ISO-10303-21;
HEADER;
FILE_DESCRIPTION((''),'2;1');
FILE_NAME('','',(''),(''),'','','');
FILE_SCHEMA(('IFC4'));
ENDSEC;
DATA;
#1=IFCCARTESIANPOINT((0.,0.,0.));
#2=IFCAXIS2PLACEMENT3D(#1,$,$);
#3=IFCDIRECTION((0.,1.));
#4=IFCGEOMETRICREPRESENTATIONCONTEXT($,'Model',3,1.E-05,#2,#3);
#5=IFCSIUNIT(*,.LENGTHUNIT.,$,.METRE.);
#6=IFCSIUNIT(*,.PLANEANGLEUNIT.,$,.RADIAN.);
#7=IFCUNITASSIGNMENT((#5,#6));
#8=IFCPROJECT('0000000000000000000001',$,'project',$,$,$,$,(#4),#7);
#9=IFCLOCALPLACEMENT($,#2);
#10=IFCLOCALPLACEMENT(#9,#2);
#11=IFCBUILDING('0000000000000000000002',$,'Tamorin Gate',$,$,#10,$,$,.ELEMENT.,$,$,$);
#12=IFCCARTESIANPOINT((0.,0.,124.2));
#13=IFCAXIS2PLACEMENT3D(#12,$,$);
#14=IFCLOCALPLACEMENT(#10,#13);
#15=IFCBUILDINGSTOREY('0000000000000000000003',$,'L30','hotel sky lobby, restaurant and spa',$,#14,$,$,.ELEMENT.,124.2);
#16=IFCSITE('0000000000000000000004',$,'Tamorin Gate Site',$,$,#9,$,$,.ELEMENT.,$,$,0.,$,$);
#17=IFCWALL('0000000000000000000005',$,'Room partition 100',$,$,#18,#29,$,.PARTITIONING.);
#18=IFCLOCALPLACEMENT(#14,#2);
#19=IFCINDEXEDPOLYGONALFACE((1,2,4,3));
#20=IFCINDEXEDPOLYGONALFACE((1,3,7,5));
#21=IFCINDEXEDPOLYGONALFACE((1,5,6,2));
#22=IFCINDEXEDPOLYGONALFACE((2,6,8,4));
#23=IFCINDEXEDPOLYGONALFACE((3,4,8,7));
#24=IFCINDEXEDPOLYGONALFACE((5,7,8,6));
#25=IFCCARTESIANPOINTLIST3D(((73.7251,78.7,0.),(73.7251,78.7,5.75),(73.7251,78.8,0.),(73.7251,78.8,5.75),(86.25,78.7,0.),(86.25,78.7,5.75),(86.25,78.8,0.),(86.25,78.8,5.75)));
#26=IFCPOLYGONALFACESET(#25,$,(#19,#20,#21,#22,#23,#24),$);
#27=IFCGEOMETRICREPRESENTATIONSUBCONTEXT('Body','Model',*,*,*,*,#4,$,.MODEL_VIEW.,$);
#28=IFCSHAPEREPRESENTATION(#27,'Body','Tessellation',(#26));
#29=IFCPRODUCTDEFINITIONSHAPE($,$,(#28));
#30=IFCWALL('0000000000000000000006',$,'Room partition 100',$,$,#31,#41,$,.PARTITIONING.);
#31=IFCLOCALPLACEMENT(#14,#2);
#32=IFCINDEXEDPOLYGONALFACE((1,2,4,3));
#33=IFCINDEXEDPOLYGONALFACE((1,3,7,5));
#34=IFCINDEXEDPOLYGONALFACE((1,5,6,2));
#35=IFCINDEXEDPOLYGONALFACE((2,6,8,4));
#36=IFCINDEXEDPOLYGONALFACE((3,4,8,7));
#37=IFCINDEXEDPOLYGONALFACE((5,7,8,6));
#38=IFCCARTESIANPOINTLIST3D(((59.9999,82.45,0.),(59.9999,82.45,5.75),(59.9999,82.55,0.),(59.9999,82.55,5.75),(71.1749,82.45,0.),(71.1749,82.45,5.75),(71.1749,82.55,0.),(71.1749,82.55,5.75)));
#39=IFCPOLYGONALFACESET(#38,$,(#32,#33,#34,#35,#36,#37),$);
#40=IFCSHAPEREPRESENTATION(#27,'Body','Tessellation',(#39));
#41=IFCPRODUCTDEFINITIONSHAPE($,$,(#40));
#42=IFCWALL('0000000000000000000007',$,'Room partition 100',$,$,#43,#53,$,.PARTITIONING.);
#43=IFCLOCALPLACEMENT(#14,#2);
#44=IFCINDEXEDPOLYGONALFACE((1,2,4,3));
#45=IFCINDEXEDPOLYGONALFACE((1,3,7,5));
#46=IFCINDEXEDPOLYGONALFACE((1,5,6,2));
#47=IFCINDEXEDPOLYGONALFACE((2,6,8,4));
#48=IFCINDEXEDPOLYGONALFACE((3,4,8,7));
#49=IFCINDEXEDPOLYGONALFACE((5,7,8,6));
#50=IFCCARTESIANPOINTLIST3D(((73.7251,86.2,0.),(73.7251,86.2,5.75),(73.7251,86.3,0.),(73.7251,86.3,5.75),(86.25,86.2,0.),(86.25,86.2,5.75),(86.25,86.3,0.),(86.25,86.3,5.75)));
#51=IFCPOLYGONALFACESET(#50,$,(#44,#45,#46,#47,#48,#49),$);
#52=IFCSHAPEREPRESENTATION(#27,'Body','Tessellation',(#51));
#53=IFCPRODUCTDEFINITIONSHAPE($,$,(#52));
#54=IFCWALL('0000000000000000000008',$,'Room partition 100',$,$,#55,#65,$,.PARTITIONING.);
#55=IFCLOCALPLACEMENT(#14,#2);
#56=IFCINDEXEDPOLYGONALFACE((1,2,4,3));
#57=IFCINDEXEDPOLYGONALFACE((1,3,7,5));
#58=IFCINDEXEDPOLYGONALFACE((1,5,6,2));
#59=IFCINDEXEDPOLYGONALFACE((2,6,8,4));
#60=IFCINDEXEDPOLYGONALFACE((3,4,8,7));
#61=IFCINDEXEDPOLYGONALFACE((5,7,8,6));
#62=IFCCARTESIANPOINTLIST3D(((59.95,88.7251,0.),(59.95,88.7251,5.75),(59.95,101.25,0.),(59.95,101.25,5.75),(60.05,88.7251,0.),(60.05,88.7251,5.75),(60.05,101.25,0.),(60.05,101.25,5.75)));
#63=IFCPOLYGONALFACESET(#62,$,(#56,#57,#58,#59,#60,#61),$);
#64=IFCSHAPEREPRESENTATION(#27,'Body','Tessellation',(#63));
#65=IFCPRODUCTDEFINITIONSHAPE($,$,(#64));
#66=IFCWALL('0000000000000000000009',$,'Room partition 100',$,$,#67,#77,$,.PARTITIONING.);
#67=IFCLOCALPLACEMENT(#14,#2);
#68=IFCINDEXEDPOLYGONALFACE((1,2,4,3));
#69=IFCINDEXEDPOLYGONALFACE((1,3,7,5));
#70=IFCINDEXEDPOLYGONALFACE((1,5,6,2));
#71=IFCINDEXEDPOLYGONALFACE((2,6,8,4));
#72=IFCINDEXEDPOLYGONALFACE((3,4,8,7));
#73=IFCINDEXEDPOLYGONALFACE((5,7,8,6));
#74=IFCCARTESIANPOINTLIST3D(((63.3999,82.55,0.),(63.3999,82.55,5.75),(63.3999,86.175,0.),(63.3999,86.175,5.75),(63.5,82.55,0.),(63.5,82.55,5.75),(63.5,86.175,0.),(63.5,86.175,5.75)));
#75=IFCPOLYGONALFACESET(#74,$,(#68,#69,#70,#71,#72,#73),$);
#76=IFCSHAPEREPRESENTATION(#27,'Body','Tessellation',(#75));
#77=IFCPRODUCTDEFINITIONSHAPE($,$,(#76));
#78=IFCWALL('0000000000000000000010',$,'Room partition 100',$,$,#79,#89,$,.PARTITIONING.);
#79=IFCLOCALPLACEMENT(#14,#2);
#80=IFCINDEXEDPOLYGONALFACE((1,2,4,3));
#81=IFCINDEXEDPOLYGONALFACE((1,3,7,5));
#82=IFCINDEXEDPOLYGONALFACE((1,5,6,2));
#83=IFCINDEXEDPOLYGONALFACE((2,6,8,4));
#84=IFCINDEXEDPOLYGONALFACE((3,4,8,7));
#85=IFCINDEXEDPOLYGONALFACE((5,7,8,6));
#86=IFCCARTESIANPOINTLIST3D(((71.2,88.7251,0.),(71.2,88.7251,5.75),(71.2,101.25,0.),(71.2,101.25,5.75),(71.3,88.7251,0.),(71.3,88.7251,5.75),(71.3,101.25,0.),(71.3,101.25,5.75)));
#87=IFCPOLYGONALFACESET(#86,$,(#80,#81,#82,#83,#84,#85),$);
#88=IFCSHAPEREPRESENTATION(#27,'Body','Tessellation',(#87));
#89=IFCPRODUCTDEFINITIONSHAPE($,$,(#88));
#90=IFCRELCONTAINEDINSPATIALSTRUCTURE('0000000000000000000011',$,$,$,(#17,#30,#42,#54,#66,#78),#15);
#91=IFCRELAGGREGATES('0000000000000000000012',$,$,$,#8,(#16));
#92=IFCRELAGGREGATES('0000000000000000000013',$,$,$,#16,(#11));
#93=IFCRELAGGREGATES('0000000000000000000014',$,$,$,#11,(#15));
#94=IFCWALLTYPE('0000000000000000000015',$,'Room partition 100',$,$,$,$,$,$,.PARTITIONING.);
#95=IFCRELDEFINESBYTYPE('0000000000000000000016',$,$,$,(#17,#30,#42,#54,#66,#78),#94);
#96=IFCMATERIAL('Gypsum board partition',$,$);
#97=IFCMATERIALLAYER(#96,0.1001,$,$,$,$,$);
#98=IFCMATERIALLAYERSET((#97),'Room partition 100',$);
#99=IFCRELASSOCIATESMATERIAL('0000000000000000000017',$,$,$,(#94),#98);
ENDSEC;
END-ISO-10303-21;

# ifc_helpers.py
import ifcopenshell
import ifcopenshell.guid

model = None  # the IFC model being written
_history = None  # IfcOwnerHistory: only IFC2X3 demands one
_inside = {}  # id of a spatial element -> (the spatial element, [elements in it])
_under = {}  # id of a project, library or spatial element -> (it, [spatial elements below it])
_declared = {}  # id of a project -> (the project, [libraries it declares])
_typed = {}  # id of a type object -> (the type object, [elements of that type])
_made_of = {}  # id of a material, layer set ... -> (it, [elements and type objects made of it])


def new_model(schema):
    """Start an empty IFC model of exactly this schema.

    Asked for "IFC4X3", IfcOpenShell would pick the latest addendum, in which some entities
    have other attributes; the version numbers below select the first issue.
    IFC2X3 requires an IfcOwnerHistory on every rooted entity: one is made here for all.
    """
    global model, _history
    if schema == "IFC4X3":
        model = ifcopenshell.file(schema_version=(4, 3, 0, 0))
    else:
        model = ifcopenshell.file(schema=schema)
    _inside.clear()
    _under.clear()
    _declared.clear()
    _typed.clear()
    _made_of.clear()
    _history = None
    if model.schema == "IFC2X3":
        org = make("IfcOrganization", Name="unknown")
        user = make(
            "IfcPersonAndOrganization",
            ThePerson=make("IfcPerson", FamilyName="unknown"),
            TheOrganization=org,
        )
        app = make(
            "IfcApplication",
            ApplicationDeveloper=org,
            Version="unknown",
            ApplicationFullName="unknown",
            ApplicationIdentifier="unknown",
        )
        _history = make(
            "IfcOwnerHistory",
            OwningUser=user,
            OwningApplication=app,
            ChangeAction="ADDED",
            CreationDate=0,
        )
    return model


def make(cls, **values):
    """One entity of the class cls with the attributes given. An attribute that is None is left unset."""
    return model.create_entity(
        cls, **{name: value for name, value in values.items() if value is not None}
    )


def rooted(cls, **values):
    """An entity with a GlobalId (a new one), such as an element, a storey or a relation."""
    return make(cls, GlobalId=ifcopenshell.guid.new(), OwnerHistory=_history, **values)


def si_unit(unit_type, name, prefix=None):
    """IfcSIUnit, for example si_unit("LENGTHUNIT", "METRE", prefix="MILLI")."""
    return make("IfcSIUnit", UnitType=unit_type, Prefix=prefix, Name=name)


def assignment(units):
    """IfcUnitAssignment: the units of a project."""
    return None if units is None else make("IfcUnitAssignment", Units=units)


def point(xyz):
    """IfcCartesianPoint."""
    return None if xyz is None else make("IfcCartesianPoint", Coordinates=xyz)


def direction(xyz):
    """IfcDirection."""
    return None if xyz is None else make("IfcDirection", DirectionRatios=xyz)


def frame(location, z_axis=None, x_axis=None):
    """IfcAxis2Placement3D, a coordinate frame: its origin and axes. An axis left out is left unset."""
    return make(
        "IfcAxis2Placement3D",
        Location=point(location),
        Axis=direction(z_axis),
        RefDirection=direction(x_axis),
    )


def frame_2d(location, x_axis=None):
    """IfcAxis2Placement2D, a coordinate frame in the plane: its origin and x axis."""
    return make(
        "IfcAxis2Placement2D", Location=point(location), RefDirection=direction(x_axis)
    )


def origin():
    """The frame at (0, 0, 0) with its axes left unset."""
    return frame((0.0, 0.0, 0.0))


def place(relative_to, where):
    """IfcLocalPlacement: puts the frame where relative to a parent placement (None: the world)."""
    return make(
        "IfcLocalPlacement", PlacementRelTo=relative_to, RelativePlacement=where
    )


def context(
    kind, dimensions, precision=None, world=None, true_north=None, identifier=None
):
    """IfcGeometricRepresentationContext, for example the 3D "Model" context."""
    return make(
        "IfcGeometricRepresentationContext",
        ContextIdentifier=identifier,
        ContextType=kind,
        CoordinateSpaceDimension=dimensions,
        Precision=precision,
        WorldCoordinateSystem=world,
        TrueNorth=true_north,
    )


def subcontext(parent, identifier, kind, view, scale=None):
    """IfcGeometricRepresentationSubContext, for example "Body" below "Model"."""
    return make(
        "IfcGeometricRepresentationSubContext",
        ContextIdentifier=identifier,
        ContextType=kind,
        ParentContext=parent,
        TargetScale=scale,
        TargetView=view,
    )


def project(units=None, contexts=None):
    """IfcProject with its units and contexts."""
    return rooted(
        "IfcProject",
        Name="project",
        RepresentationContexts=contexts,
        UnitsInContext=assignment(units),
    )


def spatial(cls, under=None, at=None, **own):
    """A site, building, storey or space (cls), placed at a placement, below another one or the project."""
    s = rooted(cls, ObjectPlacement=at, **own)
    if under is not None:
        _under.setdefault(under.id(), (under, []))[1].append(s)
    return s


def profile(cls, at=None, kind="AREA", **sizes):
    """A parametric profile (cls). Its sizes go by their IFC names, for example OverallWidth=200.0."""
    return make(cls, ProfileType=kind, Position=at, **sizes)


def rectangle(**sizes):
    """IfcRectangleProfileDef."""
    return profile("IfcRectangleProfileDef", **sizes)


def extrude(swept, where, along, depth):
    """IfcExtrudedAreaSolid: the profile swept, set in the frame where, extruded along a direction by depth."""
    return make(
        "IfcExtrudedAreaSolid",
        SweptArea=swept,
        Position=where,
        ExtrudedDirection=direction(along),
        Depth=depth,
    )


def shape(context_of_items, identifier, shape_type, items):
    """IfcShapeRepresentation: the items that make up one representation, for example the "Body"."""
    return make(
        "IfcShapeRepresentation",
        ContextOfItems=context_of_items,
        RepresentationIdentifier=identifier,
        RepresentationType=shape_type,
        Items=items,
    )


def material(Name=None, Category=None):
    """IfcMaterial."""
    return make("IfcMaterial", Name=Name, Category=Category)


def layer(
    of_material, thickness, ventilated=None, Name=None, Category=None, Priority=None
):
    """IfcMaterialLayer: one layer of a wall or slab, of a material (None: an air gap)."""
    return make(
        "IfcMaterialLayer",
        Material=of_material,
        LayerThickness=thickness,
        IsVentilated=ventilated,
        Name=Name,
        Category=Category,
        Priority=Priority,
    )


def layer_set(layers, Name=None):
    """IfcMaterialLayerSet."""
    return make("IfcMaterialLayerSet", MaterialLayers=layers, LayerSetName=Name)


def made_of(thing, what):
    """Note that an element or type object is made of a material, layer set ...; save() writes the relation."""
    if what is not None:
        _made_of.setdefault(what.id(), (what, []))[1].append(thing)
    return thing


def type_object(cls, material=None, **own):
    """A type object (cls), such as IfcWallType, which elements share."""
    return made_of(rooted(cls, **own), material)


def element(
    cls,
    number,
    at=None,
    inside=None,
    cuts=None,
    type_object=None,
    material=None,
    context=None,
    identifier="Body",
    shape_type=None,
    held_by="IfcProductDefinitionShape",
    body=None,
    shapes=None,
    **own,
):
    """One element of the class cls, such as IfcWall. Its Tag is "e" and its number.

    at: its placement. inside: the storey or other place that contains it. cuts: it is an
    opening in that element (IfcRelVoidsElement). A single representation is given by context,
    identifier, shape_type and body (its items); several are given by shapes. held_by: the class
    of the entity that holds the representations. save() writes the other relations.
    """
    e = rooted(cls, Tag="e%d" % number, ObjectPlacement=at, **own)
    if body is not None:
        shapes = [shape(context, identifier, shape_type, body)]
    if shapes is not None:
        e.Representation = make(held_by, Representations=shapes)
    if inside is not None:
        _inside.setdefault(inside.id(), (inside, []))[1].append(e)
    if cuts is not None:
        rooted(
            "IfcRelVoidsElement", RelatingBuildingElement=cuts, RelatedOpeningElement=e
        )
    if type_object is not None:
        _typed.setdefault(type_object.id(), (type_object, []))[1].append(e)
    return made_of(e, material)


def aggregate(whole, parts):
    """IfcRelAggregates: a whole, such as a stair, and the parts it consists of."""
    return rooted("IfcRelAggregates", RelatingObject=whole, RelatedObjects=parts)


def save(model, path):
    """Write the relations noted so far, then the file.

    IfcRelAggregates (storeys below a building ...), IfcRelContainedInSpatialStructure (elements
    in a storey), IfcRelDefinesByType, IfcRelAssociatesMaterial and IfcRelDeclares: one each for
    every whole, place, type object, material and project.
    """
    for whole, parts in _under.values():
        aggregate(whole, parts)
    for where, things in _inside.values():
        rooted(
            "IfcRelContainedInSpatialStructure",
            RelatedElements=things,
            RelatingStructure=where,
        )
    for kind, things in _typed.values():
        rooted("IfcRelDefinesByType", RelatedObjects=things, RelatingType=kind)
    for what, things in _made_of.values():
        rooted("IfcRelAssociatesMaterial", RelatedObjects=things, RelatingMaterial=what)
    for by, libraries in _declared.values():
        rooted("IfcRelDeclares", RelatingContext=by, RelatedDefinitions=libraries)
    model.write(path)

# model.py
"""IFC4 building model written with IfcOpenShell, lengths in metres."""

from ifc_helpers import new_model, si_unit, direction, frame, frame_2d, origin, place, context, subcontext, project, spatial, rectangle, extrude, material, layer, layer_set, type_object, element, save


model = new_model("IFC4")

# Units and contexts
model_context = context("Model", 3, precision=1e-05, world=origin(), true_north=direction((0.0, 1.0)))
body_context = subcontext(model_context, "Body", "Model", "MODEL_VIEW")
ifc_project = project(units=[si_unit("LENGTHUNIT", "METRE"), si_unit("PLANEANGLEUNIT", "RADIAN")], contexts=[model_context])

# Site, building, storey
site_placement = place(None, origin())
site = spatial("IfcSite", under=ifc_project, at=site_placement, Name="Tamorin Gate Site", CompositionType="ELEMENT", RefElevation=0.0)
building_placement = place(site_placement, origin())
building = spatial("IfcBuilding", under=site, at=building_placement, Name="Tamorin Gate", CompositionType="ELEMENT")
storey_placement = place(building_placement, frame((0.0, 0.0, 124.2)))
storey = spatial("IfcBuildingStorey", under=building, at=storey_placement, Name="L30", Description="hotel sky lobby, restaurant and spa", CompositionType="ELEMENT", Elevation=124.2)

# Shared definitions
ifc_material_1 = material(Name="Gypsum board partition")

# Walls
ifc_layer_1 = layer(ifc_material_1, 0.1001)
ifc_layer_set_1 = layer_set([ifc_layer_1], Name="Room partition 100")
wall_type_1 = type_object("IfcWallType", Name="Room partition 100", PredefinedType="PARTITIONING", material=ifc_layer_set_1)
wall_1_placement = place(storey_placement, frame((73.7251, 78.75, 0.0), z_axis=(0.0, 0.0, 1.0), x_axis=(1.0, 0.0, 0.0)))
element("IfcWall", 1, at=wall_1_placement, inside=storey, type_object=wall_type_1, Name="Room partition 100", PredefinedType="PARTITIONING", context=body_context, shape_type="SweptSolid", body=[
    extrude(rectangle(XDim=12.5249, YDim=0.1001, at=frame_2d((6.2625, 0.0))), origin(), (0.0, 0.0, 1.0), 5.75),
])
wall_2_placement = place(storey_placement, frame((60.0, 82.5, 0.0), z_axis=(0.0, 0.0, 1.0), x_axis=(1.0, 0.0, 0.0)))
element("IfcWall", 2, at=wall_2_placement, inside=storey, type_object=wall_type_1, Name="Room partition 100", PredefinedType="PARTITIONING", context=body_context, shape_type="SweptSolid", body=[
    extrude(rectangle(XDim=11.175, YDim=0.1001, at=frame_2d((5.5874, 0.0))), origin(), (0.0, 0.0, 1.0), 5.75),
])
for number, where, z_axis, x_axis, name in (
    (3, (73.7251, 86.25, 0.0), (0.0, 0.0, 1.0), (1.0, 0.0, 0.0), "Room partition 100"),
    (4, (60.0, 88.7251, 0.0), (0.0, 0.0, 1.0), (0.0, 1.0, 0.0), "Room partition 100"),
):
    element("IfcWall", number, at=place(storey_placement, frame(where, z_axis=z_axis, x_axis=x_axis)), inside=storey, type_object=wall_type_1, Name=name, PredefinedType="PARTITIONING", context=body_context, shape_type="SweptSolid", body=[
        extrude(rectangle(XDim=12.5249, YDim=0.1001, at=frame_2d((6.2625, 0.0))), origin(), (0.0, 0.0, 1.0), 5.75),
    ])
wall_3_placement = place(storey_placement, frame((63.45, 82.55, 0.0), z_axis=(0.0, 0.0, 1.0), x_axis=(0.0, 1.0, 0.0)))
element("IfcWall", 5, at=wall_3_placement, inside=storey, type_object=wall_type_1, Name="Room partition 100", PredefinedType="PARTITIONING", context=body_context, shape_type="SweptSolid", body=[
    extrude(rectangle(XDim=3.625, YDim=0.1001, at=frame_2d((1.8125, 0.0))), origin(), (0.0, 0.0, 1.0), 5.75),
])
wall_4_placement = place(storey_placement, frame((71.25, 88.7251, 0.0), z_axis=(0.0, 0.0, 1.0), x_axis=(0.0, 1.0, 0.0)))
element("IfcWall", 6, at=wall_4_placement, inside=storey, type_object=wall_type_1, Name="Room partition 100", PredefinedType="PARTITIONING", context=body_context, shape_type="SweptSolid", body=[
    extrude(rectangle(XDim=12.5249, YDim=0.1001, at=frame_2d((6.2625, 0.0))), origin(), (0.0, 0.0, 1.0), 5.75),
])

save(model, "model.ifc")
